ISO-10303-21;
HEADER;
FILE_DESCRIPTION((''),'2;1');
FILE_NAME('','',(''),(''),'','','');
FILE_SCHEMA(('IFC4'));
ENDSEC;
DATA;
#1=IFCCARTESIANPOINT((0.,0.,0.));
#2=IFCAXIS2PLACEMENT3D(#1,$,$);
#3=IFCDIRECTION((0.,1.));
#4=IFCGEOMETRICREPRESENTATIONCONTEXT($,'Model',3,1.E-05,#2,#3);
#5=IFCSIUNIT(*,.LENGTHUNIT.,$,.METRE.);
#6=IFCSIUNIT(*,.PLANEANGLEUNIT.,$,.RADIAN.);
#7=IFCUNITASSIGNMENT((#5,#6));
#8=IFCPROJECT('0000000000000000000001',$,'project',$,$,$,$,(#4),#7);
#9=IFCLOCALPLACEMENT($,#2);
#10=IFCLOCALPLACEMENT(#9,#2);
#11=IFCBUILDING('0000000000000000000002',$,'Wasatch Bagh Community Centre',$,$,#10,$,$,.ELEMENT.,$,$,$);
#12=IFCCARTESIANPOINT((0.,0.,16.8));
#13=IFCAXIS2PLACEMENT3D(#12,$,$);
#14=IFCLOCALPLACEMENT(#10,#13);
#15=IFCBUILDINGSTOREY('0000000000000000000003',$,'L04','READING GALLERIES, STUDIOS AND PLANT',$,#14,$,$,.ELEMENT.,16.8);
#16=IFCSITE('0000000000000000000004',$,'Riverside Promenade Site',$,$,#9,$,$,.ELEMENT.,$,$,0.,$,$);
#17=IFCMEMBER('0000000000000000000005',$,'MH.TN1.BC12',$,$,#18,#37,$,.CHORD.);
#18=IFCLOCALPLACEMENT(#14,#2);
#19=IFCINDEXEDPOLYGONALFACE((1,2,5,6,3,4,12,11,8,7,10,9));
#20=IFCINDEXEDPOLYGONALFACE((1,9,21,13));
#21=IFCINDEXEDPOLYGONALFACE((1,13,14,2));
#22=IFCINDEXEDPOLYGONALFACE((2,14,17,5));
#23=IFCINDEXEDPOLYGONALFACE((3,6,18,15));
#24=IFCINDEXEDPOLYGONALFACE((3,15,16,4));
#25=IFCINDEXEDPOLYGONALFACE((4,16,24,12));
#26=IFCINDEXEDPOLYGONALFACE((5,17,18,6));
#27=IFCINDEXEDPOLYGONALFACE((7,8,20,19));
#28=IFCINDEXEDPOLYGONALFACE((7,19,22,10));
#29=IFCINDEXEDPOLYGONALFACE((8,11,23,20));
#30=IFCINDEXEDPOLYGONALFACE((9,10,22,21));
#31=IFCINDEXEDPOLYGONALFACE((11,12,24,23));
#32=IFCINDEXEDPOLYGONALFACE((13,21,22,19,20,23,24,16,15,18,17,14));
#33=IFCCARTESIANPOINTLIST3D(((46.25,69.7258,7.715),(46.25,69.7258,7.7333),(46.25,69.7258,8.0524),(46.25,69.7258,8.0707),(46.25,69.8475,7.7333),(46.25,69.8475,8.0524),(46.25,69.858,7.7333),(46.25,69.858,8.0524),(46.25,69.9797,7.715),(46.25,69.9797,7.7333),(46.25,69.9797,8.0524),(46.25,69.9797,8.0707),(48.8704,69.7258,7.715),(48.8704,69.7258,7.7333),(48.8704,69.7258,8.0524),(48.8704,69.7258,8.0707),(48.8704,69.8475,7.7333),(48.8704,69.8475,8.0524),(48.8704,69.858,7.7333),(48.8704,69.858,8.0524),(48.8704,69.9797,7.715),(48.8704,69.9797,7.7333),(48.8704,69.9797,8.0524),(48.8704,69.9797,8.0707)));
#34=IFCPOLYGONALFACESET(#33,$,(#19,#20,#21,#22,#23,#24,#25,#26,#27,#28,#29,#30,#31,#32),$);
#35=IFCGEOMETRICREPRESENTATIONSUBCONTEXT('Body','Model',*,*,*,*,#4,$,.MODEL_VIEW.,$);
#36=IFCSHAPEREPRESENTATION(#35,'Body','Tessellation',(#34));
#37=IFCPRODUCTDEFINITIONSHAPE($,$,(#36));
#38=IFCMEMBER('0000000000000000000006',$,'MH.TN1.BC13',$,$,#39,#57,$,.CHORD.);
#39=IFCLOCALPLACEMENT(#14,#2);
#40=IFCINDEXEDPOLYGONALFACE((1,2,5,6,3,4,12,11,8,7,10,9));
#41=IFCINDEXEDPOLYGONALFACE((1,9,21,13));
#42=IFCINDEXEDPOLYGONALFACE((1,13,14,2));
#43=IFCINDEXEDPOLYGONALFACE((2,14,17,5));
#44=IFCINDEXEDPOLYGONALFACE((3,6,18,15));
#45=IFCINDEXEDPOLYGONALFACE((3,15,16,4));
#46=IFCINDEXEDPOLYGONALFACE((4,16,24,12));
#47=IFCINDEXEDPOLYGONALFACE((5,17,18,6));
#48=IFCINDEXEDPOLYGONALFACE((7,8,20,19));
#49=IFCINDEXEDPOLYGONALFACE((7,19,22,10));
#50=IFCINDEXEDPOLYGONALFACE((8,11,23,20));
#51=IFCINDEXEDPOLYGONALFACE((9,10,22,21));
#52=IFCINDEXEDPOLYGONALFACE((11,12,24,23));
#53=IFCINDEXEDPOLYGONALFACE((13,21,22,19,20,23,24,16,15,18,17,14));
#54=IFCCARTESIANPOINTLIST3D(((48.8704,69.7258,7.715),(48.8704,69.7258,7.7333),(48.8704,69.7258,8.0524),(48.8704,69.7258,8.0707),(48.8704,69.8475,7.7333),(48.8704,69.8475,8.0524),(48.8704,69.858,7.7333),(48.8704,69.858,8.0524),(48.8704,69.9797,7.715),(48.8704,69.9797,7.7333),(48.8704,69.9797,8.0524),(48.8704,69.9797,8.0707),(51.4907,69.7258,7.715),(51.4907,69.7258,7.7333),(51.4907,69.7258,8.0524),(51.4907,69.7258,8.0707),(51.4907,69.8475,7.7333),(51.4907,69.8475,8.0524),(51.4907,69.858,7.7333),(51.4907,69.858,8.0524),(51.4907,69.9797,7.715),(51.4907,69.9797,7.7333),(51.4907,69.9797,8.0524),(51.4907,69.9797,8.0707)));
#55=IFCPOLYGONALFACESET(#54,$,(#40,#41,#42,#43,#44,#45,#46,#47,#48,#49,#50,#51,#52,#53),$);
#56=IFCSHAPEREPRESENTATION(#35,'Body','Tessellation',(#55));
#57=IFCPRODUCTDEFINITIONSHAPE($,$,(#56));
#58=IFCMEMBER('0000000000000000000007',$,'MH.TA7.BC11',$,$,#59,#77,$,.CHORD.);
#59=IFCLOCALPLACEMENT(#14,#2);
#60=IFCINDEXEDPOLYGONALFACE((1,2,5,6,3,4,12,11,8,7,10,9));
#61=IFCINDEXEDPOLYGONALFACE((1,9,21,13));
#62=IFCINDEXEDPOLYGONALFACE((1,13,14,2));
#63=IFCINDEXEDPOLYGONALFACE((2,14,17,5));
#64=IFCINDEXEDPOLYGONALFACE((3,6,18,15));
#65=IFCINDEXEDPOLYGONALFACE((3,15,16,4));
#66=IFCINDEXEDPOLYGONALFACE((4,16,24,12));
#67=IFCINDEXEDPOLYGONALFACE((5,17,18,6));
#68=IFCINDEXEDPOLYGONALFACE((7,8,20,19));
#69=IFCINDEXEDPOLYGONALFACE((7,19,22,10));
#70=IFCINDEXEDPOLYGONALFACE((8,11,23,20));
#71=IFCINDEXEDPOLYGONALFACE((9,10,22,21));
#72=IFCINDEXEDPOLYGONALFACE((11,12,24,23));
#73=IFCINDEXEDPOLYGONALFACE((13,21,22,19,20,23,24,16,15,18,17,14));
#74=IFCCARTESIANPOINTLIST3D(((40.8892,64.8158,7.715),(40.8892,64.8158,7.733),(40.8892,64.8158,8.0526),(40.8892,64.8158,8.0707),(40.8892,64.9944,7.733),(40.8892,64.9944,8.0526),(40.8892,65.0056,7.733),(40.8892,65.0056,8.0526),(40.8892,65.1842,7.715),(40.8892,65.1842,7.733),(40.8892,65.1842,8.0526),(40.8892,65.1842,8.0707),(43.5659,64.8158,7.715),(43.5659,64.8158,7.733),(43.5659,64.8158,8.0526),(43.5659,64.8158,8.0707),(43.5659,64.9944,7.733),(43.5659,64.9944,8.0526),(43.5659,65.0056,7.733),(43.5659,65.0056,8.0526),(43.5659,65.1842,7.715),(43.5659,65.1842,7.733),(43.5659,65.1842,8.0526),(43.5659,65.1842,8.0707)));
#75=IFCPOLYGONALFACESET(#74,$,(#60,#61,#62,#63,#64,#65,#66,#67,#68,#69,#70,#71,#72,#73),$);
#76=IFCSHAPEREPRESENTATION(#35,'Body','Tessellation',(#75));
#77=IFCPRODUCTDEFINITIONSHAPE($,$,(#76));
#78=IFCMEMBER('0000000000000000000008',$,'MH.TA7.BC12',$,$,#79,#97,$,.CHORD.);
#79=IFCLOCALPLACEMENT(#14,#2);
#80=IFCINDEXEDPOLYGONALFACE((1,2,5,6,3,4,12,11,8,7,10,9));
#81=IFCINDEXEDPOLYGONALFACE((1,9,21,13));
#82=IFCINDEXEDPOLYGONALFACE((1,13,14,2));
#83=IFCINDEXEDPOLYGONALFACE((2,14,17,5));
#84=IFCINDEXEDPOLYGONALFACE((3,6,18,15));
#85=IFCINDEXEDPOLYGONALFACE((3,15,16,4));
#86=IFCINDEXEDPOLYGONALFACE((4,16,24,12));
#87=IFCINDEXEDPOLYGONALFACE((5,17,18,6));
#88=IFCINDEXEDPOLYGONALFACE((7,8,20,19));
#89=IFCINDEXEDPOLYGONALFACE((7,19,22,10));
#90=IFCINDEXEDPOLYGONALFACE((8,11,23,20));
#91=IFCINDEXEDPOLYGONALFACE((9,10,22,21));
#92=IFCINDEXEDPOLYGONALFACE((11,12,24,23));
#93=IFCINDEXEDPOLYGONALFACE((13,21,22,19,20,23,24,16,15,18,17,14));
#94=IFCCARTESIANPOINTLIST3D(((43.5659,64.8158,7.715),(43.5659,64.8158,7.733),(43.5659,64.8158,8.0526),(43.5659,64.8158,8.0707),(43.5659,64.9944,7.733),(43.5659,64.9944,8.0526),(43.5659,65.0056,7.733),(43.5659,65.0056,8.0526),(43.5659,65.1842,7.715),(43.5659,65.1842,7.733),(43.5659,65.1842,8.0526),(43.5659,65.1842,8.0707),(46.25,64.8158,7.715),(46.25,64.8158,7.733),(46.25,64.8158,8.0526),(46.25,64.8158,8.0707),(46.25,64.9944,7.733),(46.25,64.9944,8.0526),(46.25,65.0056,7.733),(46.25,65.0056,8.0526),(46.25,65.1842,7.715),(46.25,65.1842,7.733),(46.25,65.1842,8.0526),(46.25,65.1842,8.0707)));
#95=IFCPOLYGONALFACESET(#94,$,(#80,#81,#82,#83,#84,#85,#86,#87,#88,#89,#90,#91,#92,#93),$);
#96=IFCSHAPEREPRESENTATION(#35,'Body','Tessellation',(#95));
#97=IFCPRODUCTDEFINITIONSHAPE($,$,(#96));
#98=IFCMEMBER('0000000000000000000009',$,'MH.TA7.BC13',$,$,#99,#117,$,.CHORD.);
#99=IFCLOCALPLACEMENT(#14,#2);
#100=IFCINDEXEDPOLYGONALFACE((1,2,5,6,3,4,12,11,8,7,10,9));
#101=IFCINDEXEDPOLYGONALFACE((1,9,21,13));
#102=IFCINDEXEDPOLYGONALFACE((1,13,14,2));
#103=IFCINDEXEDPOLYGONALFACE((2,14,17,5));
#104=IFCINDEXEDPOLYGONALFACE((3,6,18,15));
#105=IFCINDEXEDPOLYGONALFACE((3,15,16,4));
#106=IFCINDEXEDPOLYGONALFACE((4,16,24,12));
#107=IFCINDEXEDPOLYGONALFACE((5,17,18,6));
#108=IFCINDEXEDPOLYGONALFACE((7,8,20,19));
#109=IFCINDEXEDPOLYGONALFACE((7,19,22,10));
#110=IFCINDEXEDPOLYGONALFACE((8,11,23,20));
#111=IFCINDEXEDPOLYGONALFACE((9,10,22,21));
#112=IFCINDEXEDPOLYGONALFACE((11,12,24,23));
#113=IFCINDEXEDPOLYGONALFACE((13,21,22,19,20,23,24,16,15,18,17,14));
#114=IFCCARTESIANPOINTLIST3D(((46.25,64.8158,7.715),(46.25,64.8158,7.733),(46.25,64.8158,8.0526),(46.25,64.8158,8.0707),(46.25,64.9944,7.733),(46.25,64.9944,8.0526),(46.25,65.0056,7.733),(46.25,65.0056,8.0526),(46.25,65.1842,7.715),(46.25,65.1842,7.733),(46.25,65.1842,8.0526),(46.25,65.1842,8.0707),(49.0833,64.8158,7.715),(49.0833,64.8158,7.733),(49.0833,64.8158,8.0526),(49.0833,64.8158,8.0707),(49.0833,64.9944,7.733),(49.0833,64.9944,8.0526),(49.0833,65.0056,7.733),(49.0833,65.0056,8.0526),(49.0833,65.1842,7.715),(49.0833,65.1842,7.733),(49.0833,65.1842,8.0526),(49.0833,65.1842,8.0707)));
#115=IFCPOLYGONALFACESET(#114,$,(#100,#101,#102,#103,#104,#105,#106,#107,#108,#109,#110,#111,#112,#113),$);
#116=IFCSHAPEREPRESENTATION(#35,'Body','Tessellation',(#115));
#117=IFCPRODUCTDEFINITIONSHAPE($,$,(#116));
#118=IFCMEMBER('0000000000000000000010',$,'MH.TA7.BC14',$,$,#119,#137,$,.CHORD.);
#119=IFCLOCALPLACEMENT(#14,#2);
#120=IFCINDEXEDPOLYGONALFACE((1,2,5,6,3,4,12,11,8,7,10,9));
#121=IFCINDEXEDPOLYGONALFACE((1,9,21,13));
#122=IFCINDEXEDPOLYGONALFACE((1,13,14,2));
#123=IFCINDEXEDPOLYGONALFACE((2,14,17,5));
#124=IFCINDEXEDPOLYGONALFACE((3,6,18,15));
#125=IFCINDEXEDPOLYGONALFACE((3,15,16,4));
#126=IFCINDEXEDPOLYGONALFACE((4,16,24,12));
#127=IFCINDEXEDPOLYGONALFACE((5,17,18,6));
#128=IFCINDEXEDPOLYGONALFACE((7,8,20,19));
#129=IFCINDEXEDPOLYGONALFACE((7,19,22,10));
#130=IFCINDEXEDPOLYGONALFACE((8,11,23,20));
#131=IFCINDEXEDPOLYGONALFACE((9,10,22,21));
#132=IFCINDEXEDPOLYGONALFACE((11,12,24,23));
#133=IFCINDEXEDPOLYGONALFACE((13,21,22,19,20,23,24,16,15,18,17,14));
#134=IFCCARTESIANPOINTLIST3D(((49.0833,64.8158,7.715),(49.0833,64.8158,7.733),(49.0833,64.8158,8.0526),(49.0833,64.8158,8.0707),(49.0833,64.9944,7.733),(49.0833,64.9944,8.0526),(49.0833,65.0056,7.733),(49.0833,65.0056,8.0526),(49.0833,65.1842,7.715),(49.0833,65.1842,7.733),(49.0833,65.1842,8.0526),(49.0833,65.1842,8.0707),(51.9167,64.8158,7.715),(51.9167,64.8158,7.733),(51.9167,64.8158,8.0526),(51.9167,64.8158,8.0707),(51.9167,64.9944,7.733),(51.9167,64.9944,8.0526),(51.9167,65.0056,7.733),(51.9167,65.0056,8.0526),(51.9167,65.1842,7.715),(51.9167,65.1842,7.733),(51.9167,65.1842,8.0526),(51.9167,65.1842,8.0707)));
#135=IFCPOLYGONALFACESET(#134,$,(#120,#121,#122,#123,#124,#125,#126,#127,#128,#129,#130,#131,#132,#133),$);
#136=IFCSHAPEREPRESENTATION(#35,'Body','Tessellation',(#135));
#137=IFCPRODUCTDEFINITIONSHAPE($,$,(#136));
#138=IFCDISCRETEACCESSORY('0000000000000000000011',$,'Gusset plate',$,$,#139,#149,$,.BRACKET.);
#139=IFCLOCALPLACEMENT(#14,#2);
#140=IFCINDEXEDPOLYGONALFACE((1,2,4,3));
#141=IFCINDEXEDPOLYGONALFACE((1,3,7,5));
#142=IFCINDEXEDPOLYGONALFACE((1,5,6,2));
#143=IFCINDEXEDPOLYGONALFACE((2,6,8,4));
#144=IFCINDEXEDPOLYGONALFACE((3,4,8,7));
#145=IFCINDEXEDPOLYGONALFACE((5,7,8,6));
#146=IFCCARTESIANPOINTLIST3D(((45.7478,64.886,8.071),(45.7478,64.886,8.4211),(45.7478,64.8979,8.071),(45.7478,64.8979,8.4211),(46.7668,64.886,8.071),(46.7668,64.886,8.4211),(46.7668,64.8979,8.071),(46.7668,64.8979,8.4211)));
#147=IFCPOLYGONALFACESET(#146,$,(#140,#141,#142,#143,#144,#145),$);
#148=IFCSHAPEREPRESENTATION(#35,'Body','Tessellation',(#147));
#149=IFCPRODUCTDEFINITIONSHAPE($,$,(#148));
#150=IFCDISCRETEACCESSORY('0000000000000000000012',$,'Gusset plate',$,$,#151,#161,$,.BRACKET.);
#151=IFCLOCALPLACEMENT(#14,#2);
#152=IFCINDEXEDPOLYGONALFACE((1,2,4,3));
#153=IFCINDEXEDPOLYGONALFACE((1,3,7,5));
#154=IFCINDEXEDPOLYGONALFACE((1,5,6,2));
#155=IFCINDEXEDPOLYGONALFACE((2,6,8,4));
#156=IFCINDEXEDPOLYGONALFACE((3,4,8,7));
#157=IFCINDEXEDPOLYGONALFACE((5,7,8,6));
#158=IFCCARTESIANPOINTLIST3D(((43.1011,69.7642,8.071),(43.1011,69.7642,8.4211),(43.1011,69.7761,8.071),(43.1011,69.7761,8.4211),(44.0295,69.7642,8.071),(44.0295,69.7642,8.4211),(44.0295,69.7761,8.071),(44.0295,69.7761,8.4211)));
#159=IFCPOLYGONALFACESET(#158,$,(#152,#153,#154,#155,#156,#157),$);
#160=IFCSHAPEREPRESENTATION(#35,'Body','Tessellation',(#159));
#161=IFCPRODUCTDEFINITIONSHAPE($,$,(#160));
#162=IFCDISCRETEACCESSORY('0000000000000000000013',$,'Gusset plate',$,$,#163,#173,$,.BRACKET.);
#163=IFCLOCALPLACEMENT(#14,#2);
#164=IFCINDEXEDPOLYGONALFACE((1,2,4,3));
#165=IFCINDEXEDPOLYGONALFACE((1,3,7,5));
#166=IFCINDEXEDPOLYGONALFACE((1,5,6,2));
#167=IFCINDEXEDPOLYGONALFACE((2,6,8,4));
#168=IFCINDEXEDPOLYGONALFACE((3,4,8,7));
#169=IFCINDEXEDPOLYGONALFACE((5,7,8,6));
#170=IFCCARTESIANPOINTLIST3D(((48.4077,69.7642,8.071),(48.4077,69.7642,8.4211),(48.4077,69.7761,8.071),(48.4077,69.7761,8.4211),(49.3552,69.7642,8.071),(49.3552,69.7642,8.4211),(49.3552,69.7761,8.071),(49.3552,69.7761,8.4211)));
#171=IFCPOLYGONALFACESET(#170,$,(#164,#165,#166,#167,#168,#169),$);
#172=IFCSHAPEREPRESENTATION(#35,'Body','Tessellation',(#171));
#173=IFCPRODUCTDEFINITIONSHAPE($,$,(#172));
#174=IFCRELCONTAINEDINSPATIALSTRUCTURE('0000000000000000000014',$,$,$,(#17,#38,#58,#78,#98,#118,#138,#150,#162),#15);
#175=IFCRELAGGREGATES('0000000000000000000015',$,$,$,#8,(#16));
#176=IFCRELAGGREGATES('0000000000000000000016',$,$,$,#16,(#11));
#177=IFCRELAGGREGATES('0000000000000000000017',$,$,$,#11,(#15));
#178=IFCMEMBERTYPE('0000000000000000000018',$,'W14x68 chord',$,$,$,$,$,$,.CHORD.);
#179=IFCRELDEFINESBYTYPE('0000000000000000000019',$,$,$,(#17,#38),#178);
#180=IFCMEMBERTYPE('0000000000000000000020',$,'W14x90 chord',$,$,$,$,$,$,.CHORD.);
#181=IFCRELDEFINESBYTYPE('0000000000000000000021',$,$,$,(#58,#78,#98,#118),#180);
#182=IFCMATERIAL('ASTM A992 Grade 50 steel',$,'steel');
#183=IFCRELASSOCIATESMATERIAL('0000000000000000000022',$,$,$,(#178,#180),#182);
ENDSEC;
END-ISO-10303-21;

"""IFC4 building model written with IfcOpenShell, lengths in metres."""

from ifc_helpers import new_model, si_unit, direction, frame, origin, origin_2d, place, context, subcontext, project, spatial, polyline, i_section, outline, extrude, material, material_profile, profile_set, type_object, element, save


model = new_model("IFC4")

# Units and contexts
model_context = context("Model", 3, precision=1e-05, world=origin(), true_north=direction((0.0, 1.0)))
body_context = subcontext(model_context, "Body", "Model", "MODEL_VIEW")
ifc_project = project(units=[si_unit("LENGTHUNIT", "METRE"), si_unit("PLANEANGLEUNIT", "RADIAN")], contexts=[model_context])

# Site, building, storey
site_placement = place(None, origin())
site = spatial("IfcSite", under=ifc_project, at=site_placement, Name="Riverside Promenade Site", CompositionType="ELEMENT", RefElevation=0.0)
building_placement = place(site_placement, origin())
building = spatial("IfcBuilding", under=site, at=building_placement, Name="Wasatch Bagh Community Centre", CompositionType="ELEMENT")
storey_placement = place(building_placement, frame((0.0, 0.0, 16.8)))
storey = spatial("IfcBuildingStorey", under=building, at=storey_placement, Name="L04", Description="READING GALLERIES, STUDIOS AND PLANT", CompositionType="ELEMENT", Elevation=16.8)

# Members
ifc_material_1 = material(Name="ASTM A992 Grade 50 steel", Category="steel")
ifc_material_profile_1 = material_profile(ifc_material_1, i_section(OverallWidth=0.2539, OverallDepth=0.3557, WebThickness=0.0105, FlangeThickness=0.0183, at=origin_2d()), Name="W14x68")
ifc_profile_set_1 = profile_set([ifc_material_profile_1], Name="ASTM A992 Grade 50 steel")
member_type_1 = type_object("IfcMemberType", Name="W14x68 chord", PredefinedType="CHORD", material=ifc_profile_set_1)
for number, where, z_axis, x_axis, name in (
    (1, (46.25, 69.8528, 7.8928), (1.0, 0.0, 0.0), (0.0, 1.0, 0.0), "MH.TN1.BC12"),
    (2, (48.8704, 69.8528, 7.8928), (1.0, 0.0, 0.0), (0.0, 1.0, 0.0), "MH.TN1.BC13"),
):
    element("IfcMember", number, at=place(storey_placement, frame(where, z_axis=z_axis, x_axis=x_axis)), inside=storey, type_object=member_type_1, Name=name, PredefinedType="CHORD", context=body_context, shape_type="SweptSolid", body=[
        extrude(i_section(OverallWidth=0.2539, OverallDepth=0.3557, WebThickness=0.0105, FlangeThickness=0.0183, at=origin_2d()), origin(), (0.0, 0.0, 1.0), 2.6204),
    ])
ifc_material_profile_2 = material_profile(ifc_material_1, i_section(OverallWidth=0.3684, OverallDepth=0.3557, WebThickness=0.0112, FlangeThickness=0.0181, at=origin_2d()), Name="W14x90")
ifc_profile_set_2 = profile_set([ifc_material_profile_2], Name="ASTM A992 Grade 50 steel")
member_type_2 = type_object("IfcMemberType", Name="W14x90 chord", PredefinedType="CHORD", material=ifc_profile_set_2)
member_1_placement = place(storey_placement, frame((40.8892, 65.0, 7.8928), z_axis=(1.0, 0.0, 0.0), x_axis=(0.0, 1.0, 0.0)))
element("IfcMember", 3, at=member_1_placement, inside=storey, type_object=member_type_2, Name="MH.TA7.BC11", PredefinedType="CHORD", context=body_context, shape_type="SweptSolid", body=[
    extrude(i_section(OverallWidth=0.3684, OverallDepth=0.3557, WebThickness=0.0112, FlangeThickness=0.0181, at=origin_2d()), origin(), (0.0, 0.0, 1.0), 2.6768),
])
member_2_placement = place(storey_placement, frame((43.5659, 65.0, 7.8928), z_axis=(1.0, 0.0, 0.0), x_axis=(0.0, 1.0, 0.0)))
element("IfcMember", 4, at=member_2_placement, inside=storey, type_object=member_type_2, Name="MH.TA7.BC12", PredefinedType="CHORD", context=body_context, shape_type="SweptSolid", body=[
    extrude(i_section(OverallWidth=0.3684, OverallDepth=0.3557, WebThickness=0.0112, FlangeThickness=0.0181, at=origin_2d()), origin(), (0.0, 0.0, 1.0), 2.6841),
])
member_3_placement = place(storey_placement, frame((46.25, 65.0, 7.8928), z_axis=(1.0, 0.0, 0.0), x_axis=(0.0, 1.0, 0.0)))
element("IfcMember", 5, at=member_3_placement, inside=storey, type_object=member_type_2, Name="MH.TA7.BC13", PredefinedType="CHORD", context=body_context, shape_type="SweptSolid", body=[
    extrude(i_section(OverallWidth=0.3684, OverallDepth=0.3557, WebThickness=0.0112, FlangeThickness=0.0181, at=origin_2d()), origin(), (0.0, 0.0, 1.0), 2.8333),
])
member_4_placement = place(storey_placement, frame((49.0833, 65.0, 7.8928), z_axis=(1.0, 0.0, 0.0), x_axis=(0.0, 1.0, 0.0)))
element("IfcMember", 6, at=member_4_placement, inside=storey, type_object=member_type_2, Name="MH.TA7.BC14", PredefinedType="CHORD", context=body_context, shape_type="SweptSolid", body=[
    extrude(i_section(OverallWidth=0.3684, OverallDepth=0.3557, WebThickness=0.0112, FlangeThickness=0.0181, at=origin_2d()), origin(), (0.0, 0.0, 1.0), 2.8335),
])

# Discrete accessories
discrete_accessory_1_placement = place(storey_placement, frame((45.7478, 64.886, 8.071), z_axis=(0.0, -1.0, 0.0), x_axis=(1.0, 0.0, 0.0)))
element("IfcDiscreteAccessory", 7, at=discrete_accessory_1_placement, inside=storey, Name="Gusset plate", PredefinedType="BRACKET", context=body_context, shape_type="SweptSolid", body=[
    extrude(outline(polyline([(0.0, 0.0), (1.019, 0.0), (1.019, 0.3501), (0.0, 0.3501), (0.0, 0.0)])), origin(), (0.0, 0.0, -1.0), 0.012),
])
discrete_accessory_2_placement = place(storey_placement, frame((43.1011, 69.7642, 8.071), z_axis=(0.0, -1.0, 0.0), x_axis=(1.0, 0.0, 0.0)))
element("IfcDiscreteAccessory", 8, at=discrete_accessory_2_placement, inside=storey, Name="Gusset plate", PredefinedType="BRACKET", context=body_context, shape_type="SweptSolid", body=[
    extrude(outline(polyline([(0.0, 0.0), (0.9285, 0.0), (0.9285, 0.3501), (0.0, 0.3501), (0.0, 0.0)])), origin(), (0.0, 0.0, -1.0), 0.012),
])
discrete_accessory_3_placement = place(storey_placement, frame((48.4077, 69.7642, 8.071), z_axis=(0.0, -1.0, 0.0), x_axis=(1.0, 0.0, 0.0)))
element("IfcDiscreteAccessory", 9, at=discrete_accessory_3_placement, inside=storey, Name="Gusset plate", PredefinedType="BRACKET", context=body_context, shape_type="SweptSolid", body=[
    extrude(outline(polyline([(0.0, 0.0), (0.9475, 0.0), (0.9475, 0.3501), (0.0, 0.3501), (0.0, 0.0)])), origin(), (0.0, 0.0, -1.0), 0.012),
])

save(model, "model.ifc")
